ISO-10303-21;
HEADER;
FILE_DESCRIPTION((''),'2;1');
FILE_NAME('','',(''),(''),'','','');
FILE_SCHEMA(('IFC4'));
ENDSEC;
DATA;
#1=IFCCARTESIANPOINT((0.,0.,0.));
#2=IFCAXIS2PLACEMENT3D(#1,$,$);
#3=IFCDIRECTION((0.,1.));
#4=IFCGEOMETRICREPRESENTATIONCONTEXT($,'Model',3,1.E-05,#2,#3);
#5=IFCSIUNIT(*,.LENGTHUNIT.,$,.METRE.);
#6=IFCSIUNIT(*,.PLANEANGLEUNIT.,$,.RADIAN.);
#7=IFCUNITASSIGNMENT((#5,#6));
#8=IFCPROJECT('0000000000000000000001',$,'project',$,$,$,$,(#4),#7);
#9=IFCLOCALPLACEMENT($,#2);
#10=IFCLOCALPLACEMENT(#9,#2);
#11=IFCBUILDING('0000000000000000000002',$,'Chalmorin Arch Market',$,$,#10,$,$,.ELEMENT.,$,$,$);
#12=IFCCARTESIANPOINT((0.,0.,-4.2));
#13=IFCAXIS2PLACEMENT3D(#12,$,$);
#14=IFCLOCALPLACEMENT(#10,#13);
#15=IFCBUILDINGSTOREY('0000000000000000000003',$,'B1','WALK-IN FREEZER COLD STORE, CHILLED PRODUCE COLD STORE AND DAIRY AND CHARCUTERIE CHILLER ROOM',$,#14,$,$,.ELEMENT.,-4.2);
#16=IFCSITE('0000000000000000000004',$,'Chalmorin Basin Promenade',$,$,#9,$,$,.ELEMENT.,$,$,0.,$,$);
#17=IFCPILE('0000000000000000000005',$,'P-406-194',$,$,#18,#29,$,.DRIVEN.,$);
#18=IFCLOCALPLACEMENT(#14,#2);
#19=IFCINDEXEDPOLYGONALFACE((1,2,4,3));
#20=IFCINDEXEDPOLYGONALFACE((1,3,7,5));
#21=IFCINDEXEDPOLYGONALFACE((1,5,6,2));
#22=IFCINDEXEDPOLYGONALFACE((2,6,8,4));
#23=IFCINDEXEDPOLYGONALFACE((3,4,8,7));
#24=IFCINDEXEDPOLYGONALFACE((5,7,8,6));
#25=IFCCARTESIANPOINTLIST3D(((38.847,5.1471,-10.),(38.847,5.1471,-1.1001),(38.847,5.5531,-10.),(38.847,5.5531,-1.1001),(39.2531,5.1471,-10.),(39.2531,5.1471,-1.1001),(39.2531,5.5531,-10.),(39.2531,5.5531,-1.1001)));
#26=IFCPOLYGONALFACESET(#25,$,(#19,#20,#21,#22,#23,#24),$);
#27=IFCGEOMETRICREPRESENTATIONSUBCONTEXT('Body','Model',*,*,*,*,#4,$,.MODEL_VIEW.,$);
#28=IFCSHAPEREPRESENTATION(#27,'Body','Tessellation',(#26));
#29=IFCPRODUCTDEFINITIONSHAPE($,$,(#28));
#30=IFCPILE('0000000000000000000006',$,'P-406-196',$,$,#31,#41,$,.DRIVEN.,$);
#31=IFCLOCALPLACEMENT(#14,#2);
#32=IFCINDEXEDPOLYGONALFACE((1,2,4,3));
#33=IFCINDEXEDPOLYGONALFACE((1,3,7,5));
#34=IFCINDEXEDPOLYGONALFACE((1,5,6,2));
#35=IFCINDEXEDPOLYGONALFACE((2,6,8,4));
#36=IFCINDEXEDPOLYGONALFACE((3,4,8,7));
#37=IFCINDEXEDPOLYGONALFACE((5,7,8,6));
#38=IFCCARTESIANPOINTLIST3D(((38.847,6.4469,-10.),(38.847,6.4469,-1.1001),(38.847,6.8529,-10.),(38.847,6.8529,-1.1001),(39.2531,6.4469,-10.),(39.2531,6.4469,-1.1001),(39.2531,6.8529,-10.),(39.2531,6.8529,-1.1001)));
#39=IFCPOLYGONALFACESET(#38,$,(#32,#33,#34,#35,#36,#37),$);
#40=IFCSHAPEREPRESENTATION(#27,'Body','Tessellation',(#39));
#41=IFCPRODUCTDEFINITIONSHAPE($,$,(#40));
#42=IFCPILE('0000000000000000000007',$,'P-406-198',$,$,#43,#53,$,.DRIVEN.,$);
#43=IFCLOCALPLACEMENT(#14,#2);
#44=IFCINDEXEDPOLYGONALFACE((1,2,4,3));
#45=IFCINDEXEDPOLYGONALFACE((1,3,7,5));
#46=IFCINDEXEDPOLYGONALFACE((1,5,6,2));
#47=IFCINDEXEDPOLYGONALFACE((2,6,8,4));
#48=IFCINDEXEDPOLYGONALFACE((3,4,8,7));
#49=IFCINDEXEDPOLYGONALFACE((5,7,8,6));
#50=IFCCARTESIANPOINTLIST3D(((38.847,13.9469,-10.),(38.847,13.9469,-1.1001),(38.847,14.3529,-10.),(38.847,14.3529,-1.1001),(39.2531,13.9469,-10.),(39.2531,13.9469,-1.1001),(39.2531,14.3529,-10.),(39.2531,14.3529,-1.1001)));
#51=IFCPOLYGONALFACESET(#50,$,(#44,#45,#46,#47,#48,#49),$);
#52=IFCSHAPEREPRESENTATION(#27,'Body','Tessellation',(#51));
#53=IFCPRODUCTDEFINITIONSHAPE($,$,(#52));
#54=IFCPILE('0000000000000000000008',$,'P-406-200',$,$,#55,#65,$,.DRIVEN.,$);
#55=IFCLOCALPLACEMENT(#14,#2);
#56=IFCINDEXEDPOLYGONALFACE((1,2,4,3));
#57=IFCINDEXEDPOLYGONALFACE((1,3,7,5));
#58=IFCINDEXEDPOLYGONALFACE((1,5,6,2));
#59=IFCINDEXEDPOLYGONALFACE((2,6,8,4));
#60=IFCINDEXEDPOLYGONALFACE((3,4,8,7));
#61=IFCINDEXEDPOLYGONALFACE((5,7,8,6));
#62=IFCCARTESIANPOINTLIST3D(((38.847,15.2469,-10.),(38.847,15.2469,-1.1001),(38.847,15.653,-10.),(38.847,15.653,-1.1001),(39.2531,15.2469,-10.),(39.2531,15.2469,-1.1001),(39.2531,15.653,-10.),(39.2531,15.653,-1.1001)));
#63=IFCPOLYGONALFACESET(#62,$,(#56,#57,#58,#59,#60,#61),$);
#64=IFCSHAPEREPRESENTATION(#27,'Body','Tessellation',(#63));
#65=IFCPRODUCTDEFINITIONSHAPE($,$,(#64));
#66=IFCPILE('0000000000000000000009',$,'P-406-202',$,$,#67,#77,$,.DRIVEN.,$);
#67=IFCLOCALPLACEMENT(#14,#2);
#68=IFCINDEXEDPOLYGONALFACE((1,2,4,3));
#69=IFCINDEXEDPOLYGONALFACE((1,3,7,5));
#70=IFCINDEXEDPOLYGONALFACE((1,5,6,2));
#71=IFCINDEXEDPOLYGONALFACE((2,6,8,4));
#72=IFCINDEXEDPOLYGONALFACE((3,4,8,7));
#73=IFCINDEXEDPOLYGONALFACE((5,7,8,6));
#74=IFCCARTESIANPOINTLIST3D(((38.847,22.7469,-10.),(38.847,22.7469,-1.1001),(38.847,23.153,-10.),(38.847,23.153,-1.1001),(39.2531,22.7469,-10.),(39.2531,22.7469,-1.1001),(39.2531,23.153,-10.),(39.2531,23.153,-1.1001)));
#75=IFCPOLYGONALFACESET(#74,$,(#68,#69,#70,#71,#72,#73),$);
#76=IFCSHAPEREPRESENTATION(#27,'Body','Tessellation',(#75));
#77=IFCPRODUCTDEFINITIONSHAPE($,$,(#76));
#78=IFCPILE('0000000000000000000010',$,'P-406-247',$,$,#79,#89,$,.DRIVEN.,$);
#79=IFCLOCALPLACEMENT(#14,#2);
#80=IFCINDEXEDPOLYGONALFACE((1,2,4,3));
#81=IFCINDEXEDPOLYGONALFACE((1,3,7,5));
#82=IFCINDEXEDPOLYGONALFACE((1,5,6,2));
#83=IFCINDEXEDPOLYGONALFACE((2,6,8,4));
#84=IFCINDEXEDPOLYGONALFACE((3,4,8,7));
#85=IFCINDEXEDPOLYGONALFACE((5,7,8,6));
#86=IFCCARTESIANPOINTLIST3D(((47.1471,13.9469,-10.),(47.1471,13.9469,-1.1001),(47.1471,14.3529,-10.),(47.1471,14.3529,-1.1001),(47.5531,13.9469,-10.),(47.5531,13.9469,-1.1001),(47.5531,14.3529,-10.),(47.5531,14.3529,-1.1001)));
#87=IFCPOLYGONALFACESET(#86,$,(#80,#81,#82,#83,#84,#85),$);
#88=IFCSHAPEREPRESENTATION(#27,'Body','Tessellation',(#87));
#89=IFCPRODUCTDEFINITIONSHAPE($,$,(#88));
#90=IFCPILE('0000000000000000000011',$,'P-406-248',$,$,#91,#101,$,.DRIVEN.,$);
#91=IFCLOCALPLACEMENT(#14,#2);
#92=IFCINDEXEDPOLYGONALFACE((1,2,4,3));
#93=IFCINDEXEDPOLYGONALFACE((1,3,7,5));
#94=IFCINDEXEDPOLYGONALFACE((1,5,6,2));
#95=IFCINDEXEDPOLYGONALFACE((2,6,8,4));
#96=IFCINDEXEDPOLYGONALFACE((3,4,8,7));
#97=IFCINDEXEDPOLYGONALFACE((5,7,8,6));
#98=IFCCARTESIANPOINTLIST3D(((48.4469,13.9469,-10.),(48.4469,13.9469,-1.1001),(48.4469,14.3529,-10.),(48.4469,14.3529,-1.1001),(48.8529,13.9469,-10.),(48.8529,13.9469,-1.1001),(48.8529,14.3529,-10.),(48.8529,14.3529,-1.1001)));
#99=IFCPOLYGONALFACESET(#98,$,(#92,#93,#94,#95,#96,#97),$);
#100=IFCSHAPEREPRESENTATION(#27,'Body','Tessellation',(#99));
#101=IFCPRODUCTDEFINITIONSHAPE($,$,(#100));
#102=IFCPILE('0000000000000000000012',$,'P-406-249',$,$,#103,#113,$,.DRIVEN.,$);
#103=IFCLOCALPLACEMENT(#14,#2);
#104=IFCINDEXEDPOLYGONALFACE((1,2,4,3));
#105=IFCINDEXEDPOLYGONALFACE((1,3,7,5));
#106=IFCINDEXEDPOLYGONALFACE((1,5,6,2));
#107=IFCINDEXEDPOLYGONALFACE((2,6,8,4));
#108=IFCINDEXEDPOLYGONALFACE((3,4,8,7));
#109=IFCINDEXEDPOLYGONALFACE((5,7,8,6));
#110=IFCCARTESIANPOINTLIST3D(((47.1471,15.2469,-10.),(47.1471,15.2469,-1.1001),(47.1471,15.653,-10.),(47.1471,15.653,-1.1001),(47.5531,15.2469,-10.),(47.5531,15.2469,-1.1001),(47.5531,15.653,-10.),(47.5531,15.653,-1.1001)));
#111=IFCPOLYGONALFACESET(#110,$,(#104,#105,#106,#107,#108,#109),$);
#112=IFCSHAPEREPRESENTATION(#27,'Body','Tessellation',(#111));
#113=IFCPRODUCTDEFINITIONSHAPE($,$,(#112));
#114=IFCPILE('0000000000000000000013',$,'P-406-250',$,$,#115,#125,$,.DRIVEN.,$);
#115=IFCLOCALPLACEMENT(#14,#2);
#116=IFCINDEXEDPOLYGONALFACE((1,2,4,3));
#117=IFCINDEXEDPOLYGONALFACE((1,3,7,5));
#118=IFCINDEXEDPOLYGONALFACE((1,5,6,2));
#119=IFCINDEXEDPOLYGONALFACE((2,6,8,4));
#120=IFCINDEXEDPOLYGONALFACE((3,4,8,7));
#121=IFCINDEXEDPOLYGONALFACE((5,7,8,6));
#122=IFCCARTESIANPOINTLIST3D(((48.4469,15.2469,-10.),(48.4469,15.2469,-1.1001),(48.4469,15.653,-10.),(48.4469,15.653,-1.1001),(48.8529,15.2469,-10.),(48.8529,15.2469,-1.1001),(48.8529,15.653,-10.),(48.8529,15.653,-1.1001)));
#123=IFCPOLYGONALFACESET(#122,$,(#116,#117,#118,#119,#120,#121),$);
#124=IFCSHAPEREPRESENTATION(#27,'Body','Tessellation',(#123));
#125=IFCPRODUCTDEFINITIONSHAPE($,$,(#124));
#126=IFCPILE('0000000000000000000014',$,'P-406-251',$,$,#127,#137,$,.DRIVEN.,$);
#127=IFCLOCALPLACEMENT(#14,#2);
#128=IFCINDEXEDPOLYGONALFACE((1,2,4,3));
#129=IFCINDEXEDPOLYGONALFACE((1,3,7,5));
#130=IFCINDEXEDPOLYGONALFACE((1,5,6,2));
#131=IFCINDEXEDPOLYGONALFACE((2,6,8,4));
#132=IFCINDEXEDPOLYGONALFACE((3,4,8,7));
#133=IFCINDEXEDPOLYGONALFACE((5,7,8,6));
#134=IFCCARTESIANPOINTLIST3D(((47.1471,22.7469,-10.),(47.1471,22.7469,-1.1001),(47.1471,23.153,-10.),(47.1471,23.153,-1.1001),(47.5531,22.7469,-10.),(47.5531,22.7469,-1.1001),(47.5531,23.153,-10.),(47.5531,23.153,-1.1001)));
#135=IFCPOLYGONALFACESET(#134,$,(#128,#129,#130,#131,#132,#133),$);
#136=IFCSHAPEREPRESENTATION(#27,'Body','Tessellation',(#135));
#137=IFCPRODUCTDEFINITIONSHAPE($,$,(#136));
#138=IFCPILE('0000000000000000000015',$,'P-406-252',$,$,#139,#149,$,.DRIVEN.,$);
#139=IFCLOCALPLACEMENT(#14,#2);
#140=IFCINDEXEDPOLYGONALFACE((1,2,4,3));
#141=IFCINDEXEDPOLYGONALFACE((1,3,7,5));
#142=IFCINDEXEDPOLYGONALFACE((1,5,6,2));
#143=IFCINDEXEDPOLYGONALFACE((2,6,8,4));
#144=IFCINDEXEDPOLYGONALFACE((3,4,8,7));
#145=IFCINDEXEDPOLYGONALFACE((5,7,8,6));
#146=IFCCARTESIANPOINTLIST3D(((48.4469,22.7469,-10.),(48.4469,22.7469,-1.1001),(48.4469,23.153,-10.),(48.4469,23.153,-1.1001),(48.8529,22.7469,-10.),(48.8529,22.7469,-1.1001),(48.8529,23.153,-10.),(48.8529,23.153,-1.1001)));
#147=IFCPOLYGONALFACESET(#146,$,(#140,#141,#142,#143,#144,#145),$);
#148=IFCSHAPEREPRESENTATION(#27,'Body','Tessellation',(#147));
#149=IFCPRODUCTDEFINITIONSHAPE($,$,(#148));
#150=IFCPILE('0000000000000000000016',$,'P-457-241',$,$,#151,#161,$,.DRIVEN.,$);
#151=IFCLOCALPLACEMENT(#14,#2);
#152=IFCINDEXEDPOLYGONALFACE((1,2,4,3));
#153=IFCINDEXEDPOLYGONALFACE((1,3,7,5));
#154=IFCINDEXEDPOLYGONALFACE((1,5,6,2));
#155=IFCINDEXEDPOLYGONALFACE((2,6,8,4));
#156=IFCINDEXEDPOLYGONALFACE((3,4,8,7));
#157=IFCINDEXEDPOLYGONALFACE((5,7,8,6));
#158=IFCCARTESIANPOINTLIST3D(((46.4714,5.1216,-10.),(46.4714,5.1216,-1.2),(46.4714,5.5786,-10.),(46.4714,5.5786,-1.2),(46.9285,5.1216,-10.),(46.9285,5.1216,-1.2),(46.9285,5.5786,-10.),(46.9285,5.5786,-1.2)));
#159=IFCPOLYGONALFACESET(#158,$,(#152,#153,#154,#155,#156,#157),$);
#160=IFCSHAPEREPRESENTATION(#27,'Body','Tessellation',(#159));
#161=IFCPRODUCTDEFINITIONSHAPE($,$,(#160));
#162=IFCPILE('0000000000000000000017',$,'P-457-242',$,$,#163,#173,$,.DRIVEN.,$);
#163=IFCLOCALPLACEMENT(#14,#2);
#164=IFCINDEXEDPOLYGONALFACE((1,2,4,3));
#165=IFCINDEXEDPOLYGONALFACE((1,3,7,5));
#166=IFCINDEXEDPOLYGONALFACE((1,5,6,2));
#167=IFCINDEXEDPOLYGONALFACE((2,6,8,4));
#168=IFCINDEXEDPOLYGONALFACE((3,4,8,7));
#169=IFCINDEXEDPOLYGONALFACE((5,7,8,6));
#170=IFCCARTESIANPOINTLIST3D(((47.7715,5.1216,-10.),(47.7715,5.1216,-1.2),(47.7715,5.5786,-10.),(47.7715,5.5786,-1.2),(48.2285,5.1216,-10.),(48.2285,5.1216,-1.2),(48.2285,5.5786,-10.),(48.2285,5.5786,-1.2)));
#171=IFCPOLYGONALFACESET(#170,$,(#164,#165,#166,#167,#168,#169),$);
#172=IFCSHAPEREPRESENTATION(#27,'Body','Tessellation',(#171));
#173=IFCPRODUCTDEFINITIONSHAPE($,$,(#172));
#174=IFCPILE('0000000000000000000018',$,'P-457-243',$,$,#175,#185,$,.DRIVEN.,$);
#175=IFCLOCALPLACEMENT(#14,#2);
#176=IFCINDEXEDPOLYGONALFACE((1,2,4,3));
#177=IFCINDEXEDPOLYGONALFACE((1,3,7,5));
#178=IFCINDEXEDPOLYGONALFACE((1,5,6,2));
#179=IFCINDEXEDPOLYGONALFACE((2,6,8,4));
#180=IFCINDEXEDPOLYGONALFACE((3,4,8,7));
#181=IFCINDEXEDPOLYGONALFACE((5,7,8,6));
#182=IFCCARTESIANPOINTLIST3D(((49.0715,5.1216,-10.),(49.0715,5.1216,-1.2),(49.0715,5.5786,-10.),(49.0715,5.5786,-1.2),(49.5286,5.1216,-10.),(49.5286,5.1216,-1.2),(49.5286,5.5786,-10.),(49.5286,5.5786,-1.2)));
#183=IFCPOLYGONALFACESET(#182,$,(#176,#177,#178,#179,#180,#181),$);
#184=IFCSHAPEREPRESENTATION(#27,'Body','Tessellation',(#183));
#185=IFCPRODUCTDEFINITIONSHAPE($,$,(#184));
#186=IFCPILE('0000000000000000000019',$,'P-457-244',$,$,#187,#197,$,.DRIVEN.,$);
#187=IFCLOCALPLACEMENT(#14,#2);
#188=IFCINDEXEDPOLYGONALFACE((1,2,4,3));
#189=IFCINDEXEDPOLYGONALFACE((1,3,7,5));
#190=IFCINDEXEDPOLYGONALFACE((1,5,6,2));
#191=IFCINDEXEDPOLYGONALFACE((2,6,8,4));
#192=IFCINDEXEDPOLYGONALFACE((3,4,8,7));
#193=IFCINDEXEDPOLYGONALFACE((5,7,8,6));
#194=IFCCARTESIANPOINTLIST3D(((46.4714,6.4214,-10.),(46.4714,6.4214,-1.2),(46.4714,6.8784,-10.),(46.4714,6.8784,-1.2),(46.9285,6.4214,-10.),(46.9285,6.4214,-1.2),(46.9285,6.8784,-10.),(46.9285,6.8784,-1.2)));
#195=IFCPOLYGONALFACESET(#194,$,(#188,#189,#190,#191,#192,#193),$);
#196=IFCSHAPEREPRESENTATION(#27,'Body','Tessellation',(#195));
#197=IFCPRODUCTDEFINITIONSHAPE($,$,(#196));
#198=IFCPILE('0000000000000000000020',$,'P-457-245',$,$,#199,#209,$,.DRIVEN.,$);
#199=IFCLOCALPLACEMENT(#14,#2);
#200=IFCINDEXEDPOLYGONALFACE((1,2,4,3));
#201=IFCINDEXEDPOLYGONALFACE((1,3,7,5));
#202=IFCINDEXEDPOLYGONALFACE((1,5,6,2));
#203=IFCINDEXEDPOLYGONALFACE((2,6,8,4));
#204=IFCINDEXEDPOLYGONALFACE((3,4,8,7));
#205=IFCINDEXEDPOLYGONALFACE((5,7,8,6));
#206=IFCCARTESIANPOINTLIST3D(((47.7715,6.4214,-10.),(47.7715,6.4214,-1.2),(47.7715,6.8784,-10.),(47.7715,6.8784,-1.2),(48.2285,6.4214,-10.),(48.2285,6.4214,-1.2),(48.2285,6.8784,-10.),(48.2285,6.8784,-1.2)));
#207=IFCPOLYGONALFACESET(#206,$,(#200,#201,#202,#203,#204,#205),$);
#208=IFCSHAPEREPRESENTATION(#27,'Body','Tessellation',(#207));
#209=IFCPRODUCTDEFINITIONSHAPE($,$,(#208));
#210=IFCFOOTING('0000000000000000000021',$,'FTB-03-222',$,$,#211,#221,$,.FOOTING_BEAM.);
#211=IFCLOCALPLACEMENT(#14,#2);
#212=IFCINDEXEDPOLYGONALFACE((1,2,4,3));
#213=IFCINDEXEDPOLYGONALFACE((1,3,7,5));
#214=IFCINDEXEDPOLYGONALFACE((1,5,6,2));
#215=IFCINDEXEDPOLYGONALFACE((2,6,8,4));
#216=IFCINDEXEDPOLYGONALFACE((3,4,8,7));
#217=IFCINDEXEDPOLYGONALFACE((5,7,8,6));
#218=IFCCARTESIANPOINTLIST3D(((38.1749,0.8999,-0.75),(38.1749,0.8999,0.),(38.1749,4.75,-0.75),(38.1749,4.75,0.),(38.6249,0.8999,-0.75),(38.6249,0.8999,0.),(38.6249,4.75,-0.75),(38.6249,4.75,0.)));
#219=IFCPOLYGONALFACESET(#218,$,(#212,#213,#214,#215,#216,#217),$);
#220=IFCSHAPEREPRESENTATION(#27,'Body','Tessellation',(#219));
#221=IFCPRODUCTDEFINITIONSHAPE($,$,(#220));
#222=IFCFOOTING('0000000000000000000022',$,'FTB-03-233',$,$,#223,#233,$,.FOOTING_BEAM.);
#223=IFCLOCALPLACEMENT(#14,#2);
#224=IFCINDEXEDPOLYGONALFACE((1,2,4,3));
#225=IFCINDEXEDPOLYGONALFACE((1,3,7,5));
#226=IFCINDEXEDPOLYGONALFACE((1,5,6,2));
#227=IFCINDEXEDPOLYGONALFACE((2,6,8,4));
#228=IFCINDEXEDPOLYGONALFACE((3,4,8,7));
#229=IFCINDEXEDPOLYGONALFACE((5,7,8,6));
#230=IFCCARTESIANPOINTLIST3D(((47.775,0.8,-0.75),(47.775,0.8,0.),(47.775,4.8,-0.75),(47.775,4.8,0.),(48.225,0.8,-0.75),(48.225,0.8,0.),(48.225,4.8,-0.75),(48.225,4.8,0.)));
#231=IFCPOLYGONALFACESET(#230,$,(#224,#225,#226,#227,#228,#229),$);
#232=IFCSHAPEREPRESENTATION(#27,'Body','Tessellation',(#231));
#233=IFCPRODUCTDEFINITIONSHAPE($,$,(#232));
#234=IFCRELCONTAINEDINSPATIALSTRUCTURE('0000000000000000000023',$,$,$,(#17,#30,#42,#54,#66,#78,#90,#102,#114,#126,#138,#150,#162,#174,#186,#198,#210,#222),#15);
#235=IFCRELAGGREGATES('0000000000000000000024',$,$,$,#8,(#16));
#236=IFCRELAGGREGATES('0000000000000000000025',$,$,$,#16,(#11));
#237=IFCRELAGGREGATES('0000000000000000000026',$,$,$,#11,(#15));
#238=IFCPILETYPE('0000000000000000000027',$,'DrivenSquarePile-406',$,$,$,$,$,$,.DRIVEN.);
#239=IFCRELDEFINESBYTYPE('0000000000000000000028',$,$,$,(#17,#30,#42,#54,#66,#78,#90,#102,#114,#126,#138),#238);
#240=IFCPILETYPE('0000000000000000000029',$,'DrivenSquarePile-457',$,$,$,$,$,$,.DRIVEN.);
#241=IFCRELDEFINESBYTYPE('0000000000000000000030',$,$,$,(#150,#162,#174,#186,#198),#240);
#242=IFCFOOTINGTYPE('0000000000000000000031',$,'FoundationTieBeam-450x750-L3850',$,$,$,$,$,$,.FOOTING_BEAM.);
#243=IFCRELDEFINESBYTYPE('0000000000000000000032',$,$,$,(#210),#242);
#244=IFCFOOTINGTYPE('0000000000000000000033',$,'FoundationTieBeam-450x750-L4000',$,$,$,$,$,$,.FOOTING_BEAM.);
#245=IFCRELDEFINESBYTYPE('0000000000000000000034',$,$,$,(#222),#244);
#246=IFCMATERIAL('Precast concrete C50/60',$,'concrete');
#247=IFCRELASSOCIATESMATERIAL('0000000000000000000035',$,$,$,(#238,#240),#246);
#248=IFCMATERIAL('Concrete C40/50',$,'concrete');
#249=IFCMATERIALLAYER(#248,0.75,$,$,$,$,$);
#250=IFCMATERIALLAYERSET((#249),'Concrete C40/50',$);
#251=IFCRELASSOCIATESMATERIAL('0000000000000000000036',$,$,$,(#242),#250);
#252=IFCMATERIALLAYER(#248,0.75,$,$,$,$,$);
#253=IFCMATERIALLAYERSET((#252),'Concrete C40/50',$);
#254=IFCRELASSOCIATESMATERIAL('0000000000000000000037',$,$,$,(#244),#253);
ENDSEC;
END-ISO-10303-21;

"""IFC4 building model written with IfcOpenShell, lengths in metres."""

from ifc_helpers import new_model, si_unit, direction, frame, origin, origin_2d, place, context, subcontext, project, spatial, rectangle, extrude, material, layer, layer_set, material_profile, profile_set, type_object, element, save


model = new_model("IFC4")

# Units and contexts
model_context = context("Model", 3, precision=1e-05, world=origin(), true_north=direction((0.0, 1.0)))
body_context = subcontext(model_context, "Body", "Model", "MODEL_VIEW")
ifc_project = project(units=[si_unit("LENGTHUNIT", "METRE"), si_unit("PLANEANGLEUNIT", "RADIAN")], contexts=[model_context])

# Site, building, storey
site_placement = place(None, origin())
site = spatial("IfcSite", under=ifc_project, at=site_placement, Name="Chalmorin Basin Promenade", CompositionType="ELEMENT", RefElevation=0.0)
building_placement = place(site_placement, origin())
building = spatial("IfcBuilding", under=site, at=building_placement, Name="Chalmorin Arch Market", CompositionType="ELEMENT")
storey_placement = place(building_placement, frame((0.0, 0.0, -4.2)))
storey = spatial("IfcBuildingStorey", under=building, at=storey_placement, Name="B1", Description="WALK-IN FREEZER COLD STORE, CHILLED PRODUCE COLD STORE AND DAIRY AND CHARCUTERIE CHILLER ROOM", CompositionType="ELEMENT", Elevation=-4.2)

# Piles
ifc_material_1 = material(Name="Precast concrete C50/60", Category="concrete")
ifc_material_profile_1 = material_profile(ifc_material_1, rectangle(XDim=0.406, YDim=0.406, at=origin_2d()), Name="PPC406")
ifc_profile_set_1 = profile_set([ifc_material_profile_1], Name="Precast concrete C50/60")
pile_type_1 = type_object("IfcPileType", Name="DrivenSquarePile-406", PredefinedType="DRIVEN", material=ifc_profile_set_1)
for number, where, z_axis, x_axis, name in (
    (1, (39.05, 5.3501, -1.1001), (0.0, 0.0, -1.0), (1.0, 0.0, 0.0), "P-406-194"),
    (2, (39.05, 6.6499, -1.1001), (0.0, 0.0, -1.0), (1.0, 0.0, 0.0), "P-406-196"),
    (3, (39.05, 14.1499, -1.1001), (0.0, 0.0, -1.0), (1.0, 0.0, 0.0), "P-406-198"),
    (4, (39.05, 15.45, -1.1001), (0.0, 0.0, -1.0), (1.0, 0.0, 0.0), "P-406-200"),
    (5, (39.05, 22.95, -1.1001), (0.0, 0.0, -1.0), (1.0, 0.0, 0.0), "P-406-202"),
    (6, (47.3501, 14.1499, -1.1001), (0.0, 0.0, -1.0), (1.0, 0.0, 0.0), "P-406-247"),
    (7, (48.6499, 14.1499, -1.1001), (0.0, 0.0, -1.0), (1.0, 0.0, 0.0), "P-406-248"),
    (8, (47.3501, 15.45, -1.1001), (0.0, 0.0, -1.0), (1.0, 0.0, 0.0), "P-406-249"),
    (9, (48.6499, 15.45, -1.1001), (0.0, 0.0, -1.0), (1.0, 0.0, 0.0), "P-406-250"),
    (10, (47.3501, 22.95, -1.1001), (0.0, 0.0, -1.0), (1.0, 0.0, 0.0), "P-406-251"),
    (11, (48.6499, 22.95, -1.1001), (0.0, 0.0, -1.0), (1.0, 0.0, 0.0), "P-406-252"),
):
    element("IfcPile", number, at=place(storey_placement, frame(where, z_axis=z_axis, x_axis=x_axis)), inside=storey, type_object=pile_type_1, Name=name, PredefinedType="DRIVEN", context=body_context, shape_type="SweptSolid", body=[
        extrude(rectangle(XDim=0.406, YDim=0.406, at=origin_2d()), origin(), (0.0, 0.0, 1.0), 8.8999),
    ])
ifc_material_profile_2 = material_profile(ifc_material_1, rectangle(XDim=0.457, YDim=0.457, at=origin_2d()), Name="PPC457")
ifc_profile_set_2 = profile_set([ifc_material_profile_2], Name="Precast concrete C50/60")
pile_type_2 = type_object("IfcPileType", Name="DrivenSquarePile-457", PredefinedType="DRIVEN", material=ifc_profile_set_2)
for number, where, z_axis, x_axis, name in (
    (12, (46.7, 5.3501, -1.2), (0.0, 0.0, -1.0), (1.0, 0.0, 0.0), "P-457-241"),
    (13, (48.0, 5.3501, -1.2), (0.0, 0.0, -1.0), (1.0, 0.0, 0.0), "P-457-242"),
    (14, (49.3, 5.3501, -1.2), (0.0, 0.0, -1.0), (1.0, 0.0, 0.0), "P-457-243"),
    (15, (46.7, 6.6499, -1.2), (0.0, 0.0, -1.0), (1.0, 0.0, 0.0), "P-457-244"),
    (16, (48.0, 6.6499, -1.2), (0.0, 0.0, -1.0), (1.0, 0.0, 0.0), "P-457-245"),
):
    element("IfcPile", number, at=place(storey_placement, frame(where, z_axis=z_axis, x_axis=x_axis)), inside=storey, type_object=pile_type_2, Name=name, PredefinedType="DRIVEN", context=body_context, shape_type="SweptSolid", body=[
        extrude(rectangle(XDim=0.457, YDim=0.457, at=origin_2d()), origin(), (0.0, 0.0, 1.0), 8.8),
    ])

# Footings
ifc_material_2 = material(Name="Concrete C40/50", Category="concrete")
ifc_layer_1 = layer(ifc_material_2, 0.75)
ifc_layer_set_1 = layer_set([ifc_layer_1], Name="Concrete C40/50")
footing_type_1 = type_object("IfcFootingType", Name="FoundationTieBeam-450x750-L3850", PredefinedType="FOOTING_BEAM", material=ifc_layer_set_1)
footing_1_placement = place(storey_placement, frame((38.3999, 2.825, -0.75), z_axis=(0.0, 0.0, 1.0), x_axis=(0.0, 1.0, 0.0)))
element("IfcFooting", 17, at=footing_1_placement, inside=storey, type_object=footing_type_1, Name="FTB-03-222", PredefinedType="FOOTING_BEAM", context=body_context, shape_type="SweptSolid", body=[
    extrude(rectangle(XDim=3.8501, YDim=0.45, at=origin_2d()), origin(), (0.0, 0.0, 1.0), 0.75),
])
ifc_layer_2 = layer(ifc_material_2, 0.75)
ifc_layer_set_2 = layer_set([ifc_layer_2], Name="Concrete C40/50")
footing_type_2 = type_object("IfcFootingType", Name="FoundationTieBeam-450x750-L4000", PredefinedType="FOOTING_BEAM", material=ifc_layer_set_2)
footing_2_placement = place(storey_placement, frame((48.0, 2.8, -0.75), z_axis=(0.0, 0.0, 1.0), x_axis=(0.0, 1.0, 0.0)))
element("IfcFooting", 18, at=footing_2_placement, inside=storey, type_object=footing_type_2, Name="FTB-03-233", PredefinedType="FOOTING_BEAM", context=body_context, shape_type="SweptSolid", body=[
    extrude(rectangle(XDim=4.0, YDim=0.45, at=origin_2d()), origin(), (0.0, 0.0, 1.0), 0.75),
])

save(model, "model.ifc")
